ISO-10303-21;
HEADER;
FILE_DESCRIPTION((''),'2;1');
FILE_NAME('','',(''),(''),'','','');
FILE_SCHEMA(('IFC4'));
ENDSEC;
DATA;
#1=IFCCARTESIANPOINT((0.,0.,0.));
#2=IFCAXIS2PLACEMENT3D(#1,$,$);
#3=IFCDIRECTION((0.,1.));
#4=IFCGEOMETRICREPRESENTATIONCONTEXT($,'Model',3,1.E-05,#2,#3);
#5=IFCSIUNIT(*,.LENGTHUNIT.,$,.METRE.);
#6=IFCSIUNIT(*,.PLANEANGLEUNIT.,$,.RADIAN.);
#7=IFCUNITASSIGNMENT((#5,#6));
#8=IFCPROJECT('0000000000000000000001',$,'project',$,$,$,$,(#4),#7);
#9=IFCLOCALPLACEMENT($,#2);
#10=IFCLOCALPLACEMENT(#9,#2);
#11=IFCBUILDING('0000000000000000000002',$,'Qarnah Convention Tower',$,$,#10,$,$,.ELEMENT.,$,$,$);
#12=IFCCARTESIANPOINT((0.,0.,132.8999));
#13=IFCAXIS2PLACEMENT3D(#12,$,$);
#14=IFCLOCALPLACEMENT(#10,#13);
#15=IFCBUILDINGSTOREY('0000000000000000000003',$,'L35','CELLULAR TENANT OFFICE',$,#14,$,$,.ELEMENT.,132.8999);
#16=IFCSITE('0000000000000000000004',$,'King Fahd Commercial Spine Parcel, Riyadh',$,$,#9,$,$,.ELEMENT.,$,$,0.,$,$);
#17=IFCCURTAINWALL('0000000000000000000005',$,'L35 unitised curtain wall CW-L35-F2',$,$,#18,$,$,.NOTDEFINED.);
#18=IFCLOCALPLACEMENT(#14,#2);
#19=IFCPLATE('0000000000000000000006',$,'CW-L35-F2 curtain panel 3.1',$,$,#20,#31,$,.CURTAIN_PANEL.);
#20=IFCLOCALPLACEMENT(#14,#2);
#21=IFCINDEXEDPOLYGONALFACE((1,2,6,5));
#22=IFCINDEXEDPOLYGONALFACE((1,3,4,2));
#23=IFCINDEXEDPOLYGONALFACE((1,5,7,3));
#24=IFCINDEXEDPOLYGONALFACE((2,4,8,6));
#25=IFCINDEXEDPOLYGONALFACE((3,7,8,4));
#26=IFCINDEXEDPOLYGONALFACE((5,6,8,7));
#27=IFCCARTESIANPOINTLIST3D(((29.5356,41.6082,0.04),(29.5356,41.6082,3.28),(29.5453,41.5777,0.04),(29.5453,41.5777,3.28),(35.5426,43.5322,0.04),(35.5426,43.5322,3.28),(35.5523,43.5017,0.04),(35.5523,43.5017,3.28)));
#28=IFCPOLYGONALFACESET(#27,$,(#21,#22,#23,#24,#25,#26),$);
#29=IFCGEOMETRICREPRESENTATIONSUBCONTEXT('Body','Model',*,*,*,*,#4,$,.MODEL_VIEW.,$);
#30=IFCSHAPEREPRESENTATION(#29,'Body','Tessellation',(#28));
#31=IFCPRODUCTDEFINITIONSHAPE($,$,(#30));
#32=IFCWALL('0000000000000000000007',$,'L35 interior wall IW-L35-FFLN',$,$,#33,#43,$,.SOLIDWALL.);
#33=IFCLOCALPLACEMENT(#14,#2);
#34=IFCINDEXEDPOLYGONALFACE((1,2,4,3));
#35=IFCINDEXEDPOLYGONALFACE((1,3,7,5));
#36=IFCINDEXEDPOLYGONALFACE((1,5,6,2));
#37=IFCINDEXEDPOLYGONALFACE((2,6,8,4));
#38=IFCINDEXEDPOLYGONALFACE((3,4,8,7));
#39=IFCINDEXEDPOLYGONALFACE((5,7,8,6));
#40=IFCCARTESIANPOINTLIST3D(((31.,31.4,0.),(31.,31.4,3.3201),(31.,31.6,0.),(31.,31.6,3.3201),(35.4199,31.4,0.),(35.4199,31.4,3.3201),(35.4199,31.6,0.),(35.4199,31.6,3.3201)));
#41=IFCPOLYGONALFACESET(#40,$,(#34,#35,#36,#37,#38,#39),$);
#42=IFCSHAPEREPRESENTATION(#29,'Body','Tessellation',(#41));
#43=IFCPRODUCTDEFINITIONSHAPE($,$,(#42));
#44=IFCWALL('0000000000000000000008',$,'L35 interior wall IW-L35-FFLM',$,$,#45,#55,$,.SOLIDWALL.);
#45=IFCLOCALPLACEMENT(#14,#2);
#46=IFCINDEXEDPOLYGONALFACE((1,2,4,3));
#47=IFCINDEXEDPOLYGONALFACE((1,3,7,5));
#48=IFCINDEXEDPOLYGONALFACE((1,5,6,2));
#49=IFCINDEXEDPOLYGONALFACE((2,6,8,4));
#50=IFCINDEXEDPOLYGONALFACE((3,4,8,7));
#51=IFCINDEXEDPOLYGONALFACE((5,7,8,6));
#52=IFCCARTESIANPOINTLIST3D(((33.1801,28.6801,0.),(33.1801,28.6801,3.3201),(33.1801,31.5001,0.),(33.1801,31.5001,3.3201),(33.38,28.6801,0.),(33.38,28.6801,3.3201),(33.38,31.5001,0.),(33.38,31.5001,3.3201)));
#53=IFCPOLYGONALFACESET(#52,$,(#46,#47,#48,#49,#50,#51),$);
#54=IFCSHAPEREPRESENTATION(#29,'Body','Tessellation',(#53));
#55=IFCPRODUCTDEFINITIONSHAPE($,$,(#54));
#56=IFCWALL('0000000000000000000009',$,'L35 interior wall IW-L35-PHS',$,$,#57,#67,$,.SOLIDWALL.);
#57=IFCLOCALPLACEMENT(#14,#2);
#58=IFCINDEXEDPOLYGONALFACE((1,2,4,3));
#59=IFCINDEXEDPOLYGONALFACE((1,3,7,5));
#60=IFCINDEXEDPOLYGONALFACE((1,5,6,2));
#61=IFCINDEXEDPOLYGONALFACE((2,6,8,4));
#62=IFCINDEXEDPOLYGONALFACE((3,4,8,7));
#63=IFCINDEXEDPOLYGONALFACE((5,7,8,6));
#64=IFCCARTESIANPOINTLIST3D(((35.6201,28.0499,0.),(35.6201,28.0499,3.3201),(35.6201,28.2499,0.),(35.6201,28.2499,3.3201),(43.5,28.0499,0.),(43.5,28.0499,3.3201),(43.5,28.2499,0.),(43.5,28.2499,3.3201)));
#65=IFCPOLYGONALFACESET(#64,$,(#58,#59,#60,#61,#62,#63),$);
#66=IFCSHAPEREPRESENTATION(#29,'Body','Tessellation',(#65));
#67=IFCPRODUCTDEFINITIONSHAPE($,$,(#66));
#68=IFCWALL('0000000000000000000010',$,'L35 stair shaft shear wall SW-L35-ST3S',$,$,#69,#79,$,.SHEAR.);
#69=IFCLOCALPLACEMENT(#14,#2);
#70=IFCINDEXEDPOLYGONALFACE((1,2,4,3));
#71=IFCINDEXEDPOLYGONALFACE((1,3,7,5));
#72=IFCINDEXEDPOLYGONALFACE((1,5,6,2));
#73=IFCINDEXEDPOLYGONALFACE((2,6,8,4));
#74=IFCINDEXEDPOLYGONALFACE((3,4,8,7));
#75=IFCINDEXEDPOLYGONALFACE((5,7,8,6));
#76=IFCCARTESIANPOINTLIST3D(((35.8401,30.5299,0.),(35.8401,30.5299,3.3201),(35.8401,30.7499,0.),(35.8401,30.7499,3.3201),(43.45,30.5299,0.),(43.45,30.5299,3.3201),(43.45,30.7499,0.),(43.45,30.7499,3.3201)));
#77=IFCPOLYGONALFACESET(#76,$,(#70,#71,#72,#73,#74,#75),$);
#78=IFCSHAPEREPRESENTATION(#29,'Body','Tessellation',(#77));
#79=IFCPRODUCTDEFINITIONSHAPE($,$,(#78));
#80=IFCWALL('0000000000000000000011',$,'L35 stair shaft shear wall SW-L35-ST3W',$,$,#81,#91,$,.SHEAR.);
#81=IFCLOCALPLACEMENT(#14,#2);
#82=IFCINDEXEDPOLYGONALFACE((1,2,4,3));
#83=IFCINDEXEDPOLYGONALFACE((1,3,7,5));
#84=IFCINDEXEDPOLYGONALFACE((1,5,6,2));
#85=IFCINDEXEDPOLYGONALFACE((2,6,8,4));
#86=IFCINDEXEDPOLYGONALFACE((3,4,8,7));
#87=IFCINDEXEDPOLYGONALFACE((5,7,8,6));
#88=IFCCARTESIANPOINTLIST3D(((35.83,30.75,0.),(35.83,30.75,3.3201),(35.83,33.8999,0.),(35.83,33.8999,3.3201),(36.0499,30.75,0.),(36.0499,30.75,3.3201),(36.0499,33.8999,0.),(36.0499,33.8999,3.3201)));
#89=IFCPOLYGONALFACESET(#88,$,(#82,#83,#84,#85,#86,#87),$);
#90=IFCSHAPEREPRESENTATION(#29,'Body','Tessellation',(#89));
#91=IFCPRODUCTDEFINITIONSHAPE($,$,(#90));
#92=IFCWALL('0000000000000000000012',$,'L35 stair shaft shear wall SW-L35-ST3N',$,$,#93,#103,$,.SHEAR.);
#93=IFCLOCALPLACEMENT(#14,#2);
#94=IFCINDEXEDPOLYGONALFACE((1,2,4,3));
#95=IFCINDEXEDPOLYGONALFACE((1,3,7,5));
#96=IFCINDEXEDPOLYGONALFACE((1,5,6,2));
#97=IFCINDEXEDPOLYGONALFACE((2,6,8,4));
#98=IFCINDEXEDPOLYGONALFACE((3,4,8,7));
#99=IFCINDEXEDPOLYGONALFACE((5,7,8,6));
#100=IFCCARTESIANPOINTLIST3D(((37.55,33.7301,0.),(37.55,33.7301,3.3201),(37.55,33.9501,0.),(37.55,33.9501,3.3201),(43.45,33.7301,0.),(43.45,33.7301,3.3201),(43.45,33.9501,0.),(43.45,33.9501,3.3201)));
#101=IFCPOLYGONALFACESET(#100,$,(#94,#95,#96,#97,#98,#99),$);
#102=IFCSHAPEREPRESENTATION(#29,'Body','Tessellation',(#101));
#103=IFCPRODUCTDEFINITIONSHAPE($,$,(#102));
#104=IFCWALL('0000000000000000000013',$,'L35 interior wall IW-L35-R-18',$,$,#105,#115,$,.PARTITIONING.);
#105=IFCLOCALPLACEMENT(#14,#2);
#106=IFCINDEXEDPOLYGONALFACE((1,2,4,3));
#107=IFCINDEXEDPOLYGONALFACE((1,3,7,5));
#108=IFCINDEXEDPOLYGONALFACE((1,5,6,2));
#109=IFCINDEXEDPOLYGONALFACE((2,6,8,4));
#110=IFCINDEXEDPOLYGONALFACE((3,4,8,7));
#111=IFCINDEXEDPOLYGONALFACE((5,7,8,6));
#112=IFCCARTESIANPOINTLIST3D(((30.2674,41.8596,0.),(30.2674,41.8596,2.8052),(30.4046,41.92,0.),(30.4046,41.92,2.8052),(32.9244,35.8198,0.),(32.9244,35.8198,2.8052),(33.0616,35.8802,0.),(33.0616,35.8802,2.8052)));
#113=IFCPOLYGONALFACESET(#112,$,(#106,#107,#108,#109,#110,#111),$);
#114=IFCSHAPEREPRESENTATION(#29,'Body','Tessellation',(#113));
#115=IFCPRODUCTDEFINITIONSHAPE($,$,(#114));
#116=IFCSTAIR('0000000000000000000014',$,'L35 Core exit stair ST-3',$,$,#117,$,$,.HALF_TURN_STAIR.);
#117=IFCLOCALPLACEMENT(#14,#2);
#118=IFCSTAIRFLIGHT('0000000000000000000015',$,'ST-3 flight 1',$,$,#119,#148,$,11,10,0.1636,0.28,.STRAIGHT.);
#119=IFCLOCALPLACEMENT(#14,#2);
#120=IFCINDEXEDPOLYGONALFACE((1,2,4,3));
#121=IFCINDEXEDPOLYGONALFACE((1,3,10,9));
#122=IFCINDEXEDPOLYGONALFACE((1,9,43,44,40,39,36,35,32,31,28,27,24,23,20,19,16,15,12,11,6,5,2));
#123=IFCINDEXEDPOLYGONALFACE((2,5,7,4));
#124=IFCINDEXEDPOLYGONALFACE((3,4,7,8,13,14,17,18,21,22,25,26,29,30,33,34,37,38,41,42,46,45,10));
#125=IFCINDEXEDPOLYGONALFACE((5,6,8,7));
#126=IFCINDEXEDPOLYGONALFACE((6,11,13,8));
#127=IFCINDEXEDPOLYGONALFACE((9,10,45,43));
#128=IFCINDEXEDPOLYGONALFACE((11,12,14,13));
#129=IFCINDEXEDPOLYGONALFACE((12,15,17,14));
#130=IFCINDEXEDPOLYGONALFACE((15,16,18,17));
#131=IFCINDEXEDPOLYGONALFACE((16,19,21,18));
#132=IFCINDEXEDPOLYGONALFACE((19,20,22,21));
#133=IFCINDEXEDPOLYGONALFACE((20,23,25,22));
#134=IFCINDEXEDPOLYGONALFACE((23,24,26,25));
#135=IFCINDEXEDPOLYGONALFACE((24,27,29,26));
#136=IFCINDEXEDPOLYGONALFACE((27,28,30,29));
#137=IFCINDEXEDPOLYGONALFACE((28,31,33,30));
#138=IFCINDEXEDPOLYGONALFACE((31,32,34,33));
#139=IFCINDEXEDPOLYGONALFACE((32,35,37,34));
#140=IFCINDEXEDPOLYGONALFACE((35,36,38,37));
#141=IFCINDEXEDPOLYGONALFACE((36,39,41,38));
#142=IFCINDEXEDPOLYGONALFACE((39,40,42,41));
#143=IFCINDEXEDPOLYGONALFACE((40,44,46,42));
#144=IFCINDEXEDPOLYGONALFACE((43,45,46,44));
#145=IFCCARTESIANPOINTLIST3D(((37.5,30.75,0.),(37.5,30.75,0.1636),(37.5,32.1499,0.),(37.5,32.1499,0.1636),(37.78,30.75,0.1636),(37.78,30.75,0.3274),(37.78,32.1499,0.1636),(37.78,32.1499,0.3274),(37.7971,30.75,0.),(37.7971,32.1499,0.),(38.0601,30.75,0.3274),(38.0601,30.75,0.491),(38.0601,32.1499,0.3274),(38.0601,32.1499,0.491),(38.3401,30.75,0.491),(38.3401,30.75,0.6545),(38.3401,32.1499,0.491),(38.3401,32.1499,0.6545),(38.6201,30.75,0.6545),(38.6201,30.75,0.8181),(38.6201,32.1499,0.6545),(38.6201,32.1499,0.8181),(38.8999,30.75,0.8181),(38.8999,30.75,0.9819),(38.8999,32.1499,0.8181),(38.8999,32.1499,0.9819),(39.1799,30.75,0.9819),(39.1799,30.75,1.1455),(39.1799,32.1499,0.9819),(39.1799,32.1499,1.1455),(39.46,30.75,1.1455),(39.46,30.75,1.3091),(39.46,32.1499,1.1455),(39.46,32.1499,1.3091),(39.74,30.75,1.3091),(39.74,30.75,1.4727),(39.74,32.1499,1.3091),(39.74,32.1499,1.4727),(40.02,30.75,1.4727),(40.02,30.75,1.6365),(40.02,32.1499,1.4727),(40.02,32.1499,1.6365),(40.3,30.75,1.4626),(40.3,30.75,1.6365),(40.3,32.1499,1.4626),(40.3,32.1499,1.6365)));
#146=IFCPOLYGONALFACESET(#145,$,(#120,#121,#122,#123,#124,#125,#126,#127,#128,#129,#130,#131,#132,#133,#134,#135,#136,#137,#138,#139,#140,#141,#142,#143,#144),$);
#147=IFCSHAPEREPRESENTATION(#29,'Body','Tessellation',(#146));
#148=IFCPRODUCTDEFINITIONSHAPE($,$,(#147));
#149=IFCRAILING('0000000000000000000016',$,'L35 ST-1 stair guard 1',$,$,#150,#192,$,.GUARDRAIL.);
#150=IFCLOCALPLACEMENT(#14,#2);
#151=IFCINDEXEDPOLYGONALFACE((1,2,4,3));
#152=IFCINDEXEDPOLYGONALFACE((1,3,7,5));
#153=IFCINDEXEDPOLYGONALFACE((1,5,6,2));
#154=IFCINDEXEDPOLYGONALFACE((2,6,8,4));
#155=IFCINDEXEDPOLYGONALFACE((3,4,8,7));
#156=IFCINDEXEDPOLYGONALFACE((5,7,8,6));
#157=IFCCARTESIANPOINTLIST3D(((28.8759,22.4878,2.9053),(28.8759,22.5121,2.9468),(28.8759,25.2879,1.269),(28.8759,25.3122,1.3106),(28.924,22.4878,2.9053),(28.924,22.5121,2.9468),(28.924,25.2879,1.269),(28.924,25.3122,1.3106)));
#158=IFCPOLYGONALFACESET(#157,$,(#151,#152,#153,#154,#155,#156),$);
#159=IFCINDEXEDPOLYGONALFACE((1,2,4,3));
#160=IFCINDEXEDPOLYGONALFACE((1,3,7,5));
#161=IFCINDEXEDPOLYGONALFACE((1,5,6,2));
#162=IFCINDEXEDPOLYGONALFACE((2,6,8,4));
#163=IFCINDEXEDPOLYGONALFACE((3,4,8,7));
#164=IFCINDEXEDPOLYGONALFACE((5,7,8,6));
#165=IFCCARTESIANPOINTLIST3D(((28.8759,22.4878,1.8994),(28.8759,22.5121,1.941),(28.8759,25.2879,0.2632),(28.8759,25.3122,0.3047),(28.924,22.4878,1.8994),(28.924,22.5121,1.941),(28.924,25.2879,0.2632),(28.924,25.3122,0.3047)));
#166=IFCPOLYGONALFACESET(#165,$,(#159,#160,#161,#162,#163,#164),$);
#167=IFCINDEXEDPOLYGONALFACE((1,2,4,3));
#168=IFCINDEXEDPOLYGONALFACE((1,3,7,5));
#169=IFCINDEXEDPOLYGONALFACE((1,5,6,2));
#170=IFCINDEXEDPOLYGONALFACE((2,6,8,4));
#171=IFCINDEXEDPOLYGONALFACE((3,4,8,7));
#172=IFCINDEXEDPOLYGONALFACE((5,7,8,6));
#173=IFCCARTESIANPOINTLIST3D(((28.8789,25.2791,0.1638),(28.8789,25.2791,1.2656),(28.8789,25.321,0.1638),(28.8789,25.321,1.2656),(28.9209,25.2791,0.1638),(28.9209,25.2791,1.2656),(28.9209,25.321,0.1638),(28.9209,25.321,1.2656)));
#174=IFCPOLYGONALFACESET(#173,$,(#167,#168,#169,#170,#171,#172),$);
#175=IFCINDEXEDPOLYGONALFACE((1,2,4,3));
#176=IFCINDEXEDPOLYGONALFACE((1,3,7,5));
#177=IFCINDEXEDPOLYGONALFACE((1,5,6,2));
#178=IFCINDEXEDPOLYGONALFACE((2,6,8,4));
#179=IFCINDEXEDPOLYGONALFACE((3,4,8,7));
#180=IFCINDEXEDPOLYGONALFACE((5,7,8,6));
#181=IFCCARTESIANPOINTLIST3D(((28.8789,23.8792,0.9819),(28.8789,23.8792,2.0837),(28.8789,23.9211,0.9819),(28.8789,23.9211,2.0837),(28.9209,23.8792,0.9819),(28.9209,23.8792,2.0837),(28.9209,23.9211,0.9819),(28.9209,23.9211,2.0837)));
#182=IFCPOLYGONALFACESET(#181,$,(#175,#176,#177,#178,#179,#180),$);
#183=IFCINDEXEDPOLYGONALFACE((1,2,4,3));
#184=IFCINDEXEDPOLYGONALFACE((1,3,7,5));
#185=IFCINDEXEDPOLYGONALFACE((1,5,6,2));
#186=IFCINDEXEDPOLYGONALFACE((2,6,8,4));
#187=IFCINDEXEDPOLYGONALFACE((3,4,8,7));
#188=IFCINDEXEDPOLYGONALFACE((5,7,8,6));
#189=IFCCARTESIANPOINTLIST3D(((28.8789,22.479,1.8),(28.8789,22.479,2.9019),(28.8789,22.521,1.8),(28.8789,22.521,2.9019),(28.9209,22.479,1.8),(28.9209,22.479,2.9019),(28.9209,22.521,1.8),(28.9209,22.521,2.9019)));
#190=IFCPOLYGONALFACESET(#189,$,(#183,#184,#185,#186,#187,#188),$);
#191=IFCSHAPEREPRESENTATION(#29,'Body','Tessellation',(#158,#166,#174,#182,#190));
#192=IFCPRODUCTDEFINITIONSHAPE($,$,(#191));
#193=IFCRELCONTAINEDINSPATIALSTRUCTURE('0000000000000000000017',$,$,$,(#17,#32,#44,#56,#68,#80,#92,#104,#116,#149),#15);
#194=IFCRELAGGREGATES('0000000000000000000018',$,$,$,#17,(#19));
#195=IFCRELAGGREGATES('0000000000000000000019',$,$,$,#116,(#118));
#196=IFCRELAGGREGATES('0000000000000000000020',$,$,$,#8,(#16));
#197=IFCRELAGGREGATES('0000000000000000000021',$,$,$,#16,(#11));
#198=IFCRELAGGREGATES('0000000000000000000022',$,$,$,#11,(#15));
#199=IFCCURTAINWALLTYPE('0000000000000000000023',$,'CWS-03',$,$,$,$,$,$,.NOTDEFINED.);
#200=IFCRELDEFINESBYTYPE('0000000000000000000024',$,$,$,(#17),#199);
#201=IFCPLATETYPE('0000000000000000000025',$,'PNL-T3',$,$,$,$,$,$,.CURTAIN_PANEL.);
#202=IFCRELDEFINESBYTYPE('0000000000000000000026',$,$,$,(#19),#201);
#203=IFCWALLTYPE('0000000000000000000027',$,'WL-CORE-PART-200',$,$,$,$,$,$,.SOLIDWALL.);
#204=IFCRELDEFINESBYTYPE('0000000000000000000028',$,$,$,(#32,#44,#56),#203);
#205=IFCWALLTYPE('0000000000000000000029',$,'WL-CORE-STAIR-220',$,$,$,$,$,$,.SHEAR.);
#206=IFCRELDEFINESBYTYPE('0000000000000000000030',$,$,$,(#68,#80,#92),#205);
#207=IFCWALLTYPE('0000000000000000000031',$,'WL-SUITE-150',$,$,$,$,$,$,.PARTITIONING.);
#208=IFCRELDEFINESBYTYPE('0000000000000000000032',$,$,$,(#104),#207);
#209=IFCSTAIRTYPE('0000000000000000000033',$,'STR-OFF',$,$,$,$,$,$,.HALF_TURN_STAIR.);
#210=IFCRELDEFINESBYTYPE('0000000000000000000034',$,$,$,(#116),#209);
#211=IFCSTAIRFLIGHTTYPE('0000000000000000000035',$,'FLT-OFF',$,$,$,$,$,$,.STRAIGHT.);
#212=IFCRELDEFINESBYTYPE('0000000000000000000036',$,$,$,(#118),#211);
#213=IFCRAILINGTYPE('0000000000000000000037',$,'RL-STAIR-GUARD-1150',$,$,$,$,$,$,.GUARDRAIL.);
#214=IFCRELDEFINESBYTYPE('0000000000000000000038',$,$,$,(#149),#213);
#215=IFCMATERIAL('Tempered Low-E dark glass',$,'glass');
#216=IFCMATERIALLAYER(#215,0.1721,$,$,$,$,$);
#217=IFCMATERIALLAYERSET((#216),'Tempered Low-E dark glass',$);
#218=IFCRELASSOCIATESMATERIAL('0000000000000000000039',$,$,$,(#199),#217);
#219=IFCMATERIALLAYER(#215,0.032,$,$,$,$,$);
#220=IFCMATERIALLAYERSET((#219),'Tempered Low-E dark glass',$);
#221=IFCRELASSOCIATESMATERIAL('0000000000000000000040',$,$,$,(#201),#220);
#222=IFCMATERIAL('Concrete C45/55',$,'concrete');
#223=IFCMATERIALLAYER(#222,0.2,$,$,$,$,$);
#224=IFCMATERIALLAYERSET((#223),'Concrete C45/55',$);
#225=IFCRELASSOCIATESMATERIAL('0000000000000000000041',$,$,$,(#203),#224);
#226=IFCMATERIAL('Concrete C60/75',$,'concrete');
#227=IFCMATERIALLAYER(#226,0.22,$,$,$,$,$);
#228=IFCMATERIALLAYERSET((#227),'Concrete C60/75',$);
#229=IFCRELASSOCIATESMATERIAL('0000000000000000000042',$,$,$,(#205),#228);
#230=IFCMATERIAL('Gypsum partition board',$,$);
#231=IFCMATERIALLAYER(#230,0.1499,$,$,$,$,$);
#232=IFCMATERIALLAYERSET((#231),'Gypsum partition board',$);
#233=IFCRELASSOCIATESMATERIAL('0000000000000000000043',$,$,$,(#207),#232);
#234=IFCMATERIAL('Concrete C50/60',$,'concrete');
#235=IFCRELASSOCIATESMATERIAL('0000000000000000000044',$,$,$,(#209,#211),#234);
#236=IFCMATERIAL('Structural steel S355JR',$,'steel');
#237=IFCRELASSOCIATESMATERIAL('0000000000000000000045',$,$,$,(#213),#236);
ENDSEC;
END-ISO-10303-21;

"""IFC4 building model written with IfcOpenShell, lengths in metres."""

from ifc_helpers import new_model, si_unit, direction, frame, frame_2d, origin, origin_2d, place, context, subcontext, project, spatial, polyline, rectangle, outline, extrude, material, layer, layer_set, type_object, element, aggregate, save


model = new_model("IFC4")

# Units and contexts
model_context = context("Model", 3, precision=1e-05, world=origin(), true_north=direction((0.0, 1.0)))
body_context = subcontext(model_context, "Body", "Model", "MODEL_VIEW")
ifc_project = project(units=[si_unit("LENGTHUNIT", "METRE"), si_unit("PLANEANGLEUNIT", "RADIAN")], contexts=[model_context])

# Site, building, storey
site_placement = place(None, origin())
site = spatial("IfcSite", under=ifc_project, at=site_placement, Name="King Fahd Commercial Spine Parcel, Riyadh", CompositionType="ELEMENT", RefElevation=0.0)
building_placement = place(site_placement, origin())
building = spatial("IfcBuilding", under=site, at=building_placement, Name="Qarnah Convention Tower", CompositionType="ELEMENT")
storey_placement = place(building_placement, frame((0.0, 0.0, 132.8999)))
storey = spatial("IfcBuildingStorey", under=building, at=storey_placement, Name="L35", Description="CELLULAR TENANT OFFICE", CompositionType="ELEMENT", Elevation=132.8999)

# Shared definitions
ifc_material_1 = material(Name="Concrete C60/75", Category="concrete")

# Shared definitions
ifc_material_2 = material(Name="Structural steel S355JR", Category="steel")

# Curtain wall, plate
ifc_material_3 = material(Name="Tempered Low-E dark glass", Category="glass")
ifc_layer_1 = layer(ifc_material_3, 0.1721)
ifc_layer_set_1 = layer_set([ifc_layer_1], Name="Tempered Low-E dark glass")
curtain_wall_type = type_object("IfcCurtainWallType", Name="CWS-03", PredefinedType="NOTDEFINED", material=ifc_layer_set_1)
curtain_wall_placement = place(storey_placement, origin())
curtain_wall = element("IfcCurtainWall", 1, at=curtain_wall_placement, inside=storey, type_object=curtain_wall_type, Name="L35 unitised curtain wall CW-L35-F2", PredefinedType="NOTDEFINED")
ifc_layer_2 = layer(ifc_material_3, 0.032)
ifc_layer_set_2 = layer_set([ifc_layer_2], Name="Tempered Low-E dark glass")
plate_type = type_object("IfcPlateType", Name="PNL-T3", PredefinedType="CURTAIN_PANEL", material=ifc_layer_set_2)
plate_placement = place(storey_placement, frame((32.5439, 42.5549, 0.04), z_axis=(0.0, 0.0, 1.0), x_axis=(0.952343, 0.305028, 0.0)))
plate = element("IfcPlate", 2, at=plate_placement, type_object=plate_type, Name="CW-L35-F2 curtain panel 3.1", PredefinedType="CURTAIN_PANEL", context=body_context, shape_type="SweptSolid", body=[
    extrude(rectangle(XDim=6.3076, YDim=0.032, at=origin_2d()), origin(), (0.0, 0.0, 1.0), 3.24),
])
aggregate(curtain_wall, [plate])

# Shared definitions
ifc_material_4 = material(Name="Concrete C45/55", Category="concrete")
ifc_layer_3 = layer(ifc_material_4, 0.2)
ifc_layer_set_3 = layer_set([ifc_layer_3], Name="Concrete C45/55")
wall_type_1 = type_object("IfcWallType", Name="WL-CORE-PART-200", PredefinedType="SOLIDWALL", material=ifc_layer_set_3)

# Walls
wall_1_placement = place(storey_placement, frame((31.0, 31.5, 0.0), z_axis=(0.0, 0.0, 1.0), x_axis=(1.0, 0.0, 0.0)))
element("IfcWall", 3, at=wall_1_placement, inside=storey, type_object=wall_type_1, Name="L35 interior wall IW-L35-FFLN", PredefinedType="SOLIDWALL", context=body_context, shape_type="SweptSolid", body=[
    extrude(rectangle(XDim=4.4199, YDim=0.2, at=frame_2d((2.21, 0.0))), origin(), (0.0, 0.0, 1.0), 3.3201),
])
wall_2_placement = place(storey_placement, frame((33.28, 28.6799, 0.0), z_axis=(0.0, 0.0, 1.0), x_axis=(0.0, 1.0, 0.0)))
element("IfcWall", 4, at=wall_2_placement, inside=storey, type_object=wall_type_1, Name="L35 interior wall IW-L35-FFLM", PredefinedType="SOLIDWALL", context=body_context, shape_type="SweptSolid", body=[
    extrude(rectangle(XDim=2.8201, YDim=0.2, at=frame_2d((1.4102, 0.0))), origin(), (0.0, 0.0, 1.0), 3.3201),
])
wall_3_placement = place(storey_placement, frame((35.6201, 28.1499, 0.0), z_axis=(0.0, 0.0, 1.0), x_axis=(1.0, 0.0, 0.0)))
element("IfcWall", 5, at=wall_3_placement, inside=storey, type_object=wall_type_1, Name="L35 interior wall IW-L35-PHS", PredefinedType="SOLIDWALL", context=body_context, shape_type="SweptSolid", body=[
    extrude(rectangle(XDim=7.8799, YDim=0.2, at=frame_2d((3.9399, 0.0))), origin(), (0.0, 0.0, 1.0), 3.3201),
])

# Walls
ifc_layer_4 = layer(ifc_material_1, 0.22)
ifc_layer_set_4 = layer_set([ifc_layer_4], Name="Concrete C60/75")
wall_type_2 = type_object("IfcWallType", Name="WL-CORE-STAIR-220", PredefinedType="SHEAR", material=ifc_layer_set_4)
wall_4_placement = place(storey_placement, frame((35.8401, 30.6399, 0.0), z_axis=(0.0, 0.0, 1.0), x_axis=(1.0, 0.0, 0.0)))
element("IfcWall", 6, at=wall_4_placement, inside=storey, type_object=wall_type_2, Name="L35 stair shaft shear wall SW-L35-ST3S", PredefinedType="SHEAR", context=body_context, shape_type="SweptSolid", body=[
    extrude(rectangle(XDim=7.6099, YDim=0.22, at=frame_2d((3.8049, 0.0))), origin(), (0.0, 0.0, 1.0), 3.3201),
])
wall_5_placement = place(storey_placement, frame((35.9399, 30.75, 0.0), z_axis=(0.0, 0.0, 1.0), x_axis=(0.0, 1.0, 0.0)))
element("IfcWall", 7, at=wall_5_placement, inside=storey, type_object=wall_type_2, Name="L35 stair shaft shear wall SW-L35-ST3W", PredefinedType="SHEAR", context=body_context, shape_type="SweptSolid", body=[
    extrude(rectangle(XDim=3.1499, YDim=0.22, at=frame_2d((1.575, 0.0))), origin(), (0.0, 0.0, 1.0), 3.3201),
])
wall_6_placement = place(storey_placement, frame((37.55, 33.8401, 0.0), z_axis=(0.0, 0.0, 1.0), x_axis=(1.0, 0.0, 0.0)))
element("IfcWall", 8, at=wall_6_placement, inside=storey, type_object=wall_type_2, Name="L35 stair shaft shear wall SW-L35-ST3N", PredefinedType="SHEAR", context=body_context, shape_type="SweptSolid", body=[
    extrude(rectangle(XDim=5.8999, YDim=0.22, at=frame_2d((2.95, 0.0))), origin(), (0.0, 0.0, 1.0), 3.3201),
])
ifc_material_5 = material(Name="Gypsum partition board")
ifc_layer_5 = layer(ifc_material_5, 0.1499)
ifc_layer_set_5 = layer_set([ifc_layer_5], Name="Gypsum partition board")
wall_type_3 = type_object("IfcWallType", Name="WL-SUITE-150", PredefinedType="PARTITIONING", material=ifc_layer_set_5)
wall_7_placement = place(storey_placement, frame((30.3359, 41.8899, 0.0), z_axis=(0.0, 0.0, 1.0), x_axis=(0.402672, -0.915344, 0.0)))
element("IfcWall", 9, at=wall_7_placement, inside=storey, type_object=wall_type_3, Name="L35 interior wall IW-L35-R-18", PredefinedType="PARTITIONING", context=body_context, shape_type="SweptSolid", body=[
    extrude(rectangle(XDim=6.5984, YDim=0.1499, at=frame_2d((3.2993, 0.0))), origin(), (0.0, 0.0, 1.0), 2.8052),
])

# Stair, stair flight
ifc_material_6 = material(Name="Concrete C50/60", Category="concrete")
stair_type = type_object("IfcStairType", Name="STR-OFF", PredefinedType="HALF_TURN_STAIR", material=ifc_material_6)
stair_placement = place(storey_placement, origin())
stair = element("IfcStair", 10, at=stair_placement, inside=storey, type_object=stair_type, Name="L35 Core exit stair ST-3", PredefinedType="HALF_TURN_STAIR")
stair_flight_type = type_object("IfcStairFlightType", Name="FLT-OFF", PredefinedType="STRAIGHT", material=ifc_material_6)
stair_flight_placement = place(storey_placement, frame((37.5, 31.45, 0.0), z_axis=(0.0, 0.0, 1.0), x_axis=(1.0, 0.0, 0.0)))
stair_flight = element("IfcStairFlight", 11, at=stair_flight_placement, type_object=stair_flight_type, Name="ST-3 flight 1", NumberOfRisers=11, NumberOfTreads=10, PredefinedType="STRAIGHT", RiserHeight=0.1636, TreadLength=0.28, context=body_context, shape_type="SweptSolid", body=[
    extrude(outline(polyline([(0.0, 0.0), (0.0, 0.1636), (0.28, 0.1636), (0.28, 0.3274), (0.5601, 0.3274), (0.5601, 0.491), (0.8401, 0.491), (0.8401, 0.6545), (1.1201, 0.6545), (1.1201, 0.8181), (1.3999, 0.8181), (1.3999, 0.9819), (1.6799, 0.9819), (1.6799, 1.1455), (1.96, 1.1455), (1.96, 1.3091), (2.24, 1.3091), (2.24, 1.4727), (2.52, 1.4727), (2.52, 1.6365), (2.8, 1.6365), (2.8, 1.8), (2.8, 1.4626), (0.2971, 0.0), (0.0, 0.0)])), frame((0.0, 0.7, 0.0), z_axis=(0.0, -1.0, 0.0), x_axis=(1.0, 0.0, 0.0)), (0.0, 0.0, 1.0), 1.3999),
])
aggregate(stair, [stair_flight])

# Railing
railing_type_1 = type_object("IfcRailingType", Name="RL-STAIR-GUARD-1150", PredefinedType="GUARDRAIL", material=ifc_material_2)
railing_1_placement = place(storey_placement, frame((28.8999, 25.3, 0.1638)))
element("IfcRailing", 12, at=railing_1_placement, inside=storey, type_object=railing_type_1, Name="L35 ST-1 stair guard 1", PredefinedType="GUARDRAIL", context=body_context, shape_type="SweptSolid", body=[
    extrude(rectangle(XDim=0.0481, YDim=0.0481, at=origin_2d()), frame((0.0, 0.0, 1.126), z_axis=(0.0, -0.863394, 0.504531), x_axis=(1.0, 0.0, 0.0)), (0.0, 0.0, 1.0), 3.2432),
    extrude(rectangle(XDim=0.0481, YDim=0.0481, at=origin_2d()), frame((0.0, 0.0, 0.1201), z_axis=(0.0, -0.863394, 0.504531), x_axis=(1.0, 0.0, 0.0)), (0.0, 0.0, 1.0), 3.2432),
    extrude(rectangle(XDim=0.042, YDim=0.042, at=origin_2d()), origin(), (0.0, 0.0, 1.0), 1.1018),
    extrude(rectangle(XDim=0.042, YDim=0.042, at=origin_2d()), frame((0.0, -1.3999, 0.8181)), (0.0, 0.0, 1.0), 1.1018),
    extrude(rectangle(XDim=0.042, YDim=0.042, at=origin_2d()), frame((0.0, -2.8, 1.6362)), (0.0, 0.0, 1.0), 1.1018),
])

save(model, "model.ifc")
